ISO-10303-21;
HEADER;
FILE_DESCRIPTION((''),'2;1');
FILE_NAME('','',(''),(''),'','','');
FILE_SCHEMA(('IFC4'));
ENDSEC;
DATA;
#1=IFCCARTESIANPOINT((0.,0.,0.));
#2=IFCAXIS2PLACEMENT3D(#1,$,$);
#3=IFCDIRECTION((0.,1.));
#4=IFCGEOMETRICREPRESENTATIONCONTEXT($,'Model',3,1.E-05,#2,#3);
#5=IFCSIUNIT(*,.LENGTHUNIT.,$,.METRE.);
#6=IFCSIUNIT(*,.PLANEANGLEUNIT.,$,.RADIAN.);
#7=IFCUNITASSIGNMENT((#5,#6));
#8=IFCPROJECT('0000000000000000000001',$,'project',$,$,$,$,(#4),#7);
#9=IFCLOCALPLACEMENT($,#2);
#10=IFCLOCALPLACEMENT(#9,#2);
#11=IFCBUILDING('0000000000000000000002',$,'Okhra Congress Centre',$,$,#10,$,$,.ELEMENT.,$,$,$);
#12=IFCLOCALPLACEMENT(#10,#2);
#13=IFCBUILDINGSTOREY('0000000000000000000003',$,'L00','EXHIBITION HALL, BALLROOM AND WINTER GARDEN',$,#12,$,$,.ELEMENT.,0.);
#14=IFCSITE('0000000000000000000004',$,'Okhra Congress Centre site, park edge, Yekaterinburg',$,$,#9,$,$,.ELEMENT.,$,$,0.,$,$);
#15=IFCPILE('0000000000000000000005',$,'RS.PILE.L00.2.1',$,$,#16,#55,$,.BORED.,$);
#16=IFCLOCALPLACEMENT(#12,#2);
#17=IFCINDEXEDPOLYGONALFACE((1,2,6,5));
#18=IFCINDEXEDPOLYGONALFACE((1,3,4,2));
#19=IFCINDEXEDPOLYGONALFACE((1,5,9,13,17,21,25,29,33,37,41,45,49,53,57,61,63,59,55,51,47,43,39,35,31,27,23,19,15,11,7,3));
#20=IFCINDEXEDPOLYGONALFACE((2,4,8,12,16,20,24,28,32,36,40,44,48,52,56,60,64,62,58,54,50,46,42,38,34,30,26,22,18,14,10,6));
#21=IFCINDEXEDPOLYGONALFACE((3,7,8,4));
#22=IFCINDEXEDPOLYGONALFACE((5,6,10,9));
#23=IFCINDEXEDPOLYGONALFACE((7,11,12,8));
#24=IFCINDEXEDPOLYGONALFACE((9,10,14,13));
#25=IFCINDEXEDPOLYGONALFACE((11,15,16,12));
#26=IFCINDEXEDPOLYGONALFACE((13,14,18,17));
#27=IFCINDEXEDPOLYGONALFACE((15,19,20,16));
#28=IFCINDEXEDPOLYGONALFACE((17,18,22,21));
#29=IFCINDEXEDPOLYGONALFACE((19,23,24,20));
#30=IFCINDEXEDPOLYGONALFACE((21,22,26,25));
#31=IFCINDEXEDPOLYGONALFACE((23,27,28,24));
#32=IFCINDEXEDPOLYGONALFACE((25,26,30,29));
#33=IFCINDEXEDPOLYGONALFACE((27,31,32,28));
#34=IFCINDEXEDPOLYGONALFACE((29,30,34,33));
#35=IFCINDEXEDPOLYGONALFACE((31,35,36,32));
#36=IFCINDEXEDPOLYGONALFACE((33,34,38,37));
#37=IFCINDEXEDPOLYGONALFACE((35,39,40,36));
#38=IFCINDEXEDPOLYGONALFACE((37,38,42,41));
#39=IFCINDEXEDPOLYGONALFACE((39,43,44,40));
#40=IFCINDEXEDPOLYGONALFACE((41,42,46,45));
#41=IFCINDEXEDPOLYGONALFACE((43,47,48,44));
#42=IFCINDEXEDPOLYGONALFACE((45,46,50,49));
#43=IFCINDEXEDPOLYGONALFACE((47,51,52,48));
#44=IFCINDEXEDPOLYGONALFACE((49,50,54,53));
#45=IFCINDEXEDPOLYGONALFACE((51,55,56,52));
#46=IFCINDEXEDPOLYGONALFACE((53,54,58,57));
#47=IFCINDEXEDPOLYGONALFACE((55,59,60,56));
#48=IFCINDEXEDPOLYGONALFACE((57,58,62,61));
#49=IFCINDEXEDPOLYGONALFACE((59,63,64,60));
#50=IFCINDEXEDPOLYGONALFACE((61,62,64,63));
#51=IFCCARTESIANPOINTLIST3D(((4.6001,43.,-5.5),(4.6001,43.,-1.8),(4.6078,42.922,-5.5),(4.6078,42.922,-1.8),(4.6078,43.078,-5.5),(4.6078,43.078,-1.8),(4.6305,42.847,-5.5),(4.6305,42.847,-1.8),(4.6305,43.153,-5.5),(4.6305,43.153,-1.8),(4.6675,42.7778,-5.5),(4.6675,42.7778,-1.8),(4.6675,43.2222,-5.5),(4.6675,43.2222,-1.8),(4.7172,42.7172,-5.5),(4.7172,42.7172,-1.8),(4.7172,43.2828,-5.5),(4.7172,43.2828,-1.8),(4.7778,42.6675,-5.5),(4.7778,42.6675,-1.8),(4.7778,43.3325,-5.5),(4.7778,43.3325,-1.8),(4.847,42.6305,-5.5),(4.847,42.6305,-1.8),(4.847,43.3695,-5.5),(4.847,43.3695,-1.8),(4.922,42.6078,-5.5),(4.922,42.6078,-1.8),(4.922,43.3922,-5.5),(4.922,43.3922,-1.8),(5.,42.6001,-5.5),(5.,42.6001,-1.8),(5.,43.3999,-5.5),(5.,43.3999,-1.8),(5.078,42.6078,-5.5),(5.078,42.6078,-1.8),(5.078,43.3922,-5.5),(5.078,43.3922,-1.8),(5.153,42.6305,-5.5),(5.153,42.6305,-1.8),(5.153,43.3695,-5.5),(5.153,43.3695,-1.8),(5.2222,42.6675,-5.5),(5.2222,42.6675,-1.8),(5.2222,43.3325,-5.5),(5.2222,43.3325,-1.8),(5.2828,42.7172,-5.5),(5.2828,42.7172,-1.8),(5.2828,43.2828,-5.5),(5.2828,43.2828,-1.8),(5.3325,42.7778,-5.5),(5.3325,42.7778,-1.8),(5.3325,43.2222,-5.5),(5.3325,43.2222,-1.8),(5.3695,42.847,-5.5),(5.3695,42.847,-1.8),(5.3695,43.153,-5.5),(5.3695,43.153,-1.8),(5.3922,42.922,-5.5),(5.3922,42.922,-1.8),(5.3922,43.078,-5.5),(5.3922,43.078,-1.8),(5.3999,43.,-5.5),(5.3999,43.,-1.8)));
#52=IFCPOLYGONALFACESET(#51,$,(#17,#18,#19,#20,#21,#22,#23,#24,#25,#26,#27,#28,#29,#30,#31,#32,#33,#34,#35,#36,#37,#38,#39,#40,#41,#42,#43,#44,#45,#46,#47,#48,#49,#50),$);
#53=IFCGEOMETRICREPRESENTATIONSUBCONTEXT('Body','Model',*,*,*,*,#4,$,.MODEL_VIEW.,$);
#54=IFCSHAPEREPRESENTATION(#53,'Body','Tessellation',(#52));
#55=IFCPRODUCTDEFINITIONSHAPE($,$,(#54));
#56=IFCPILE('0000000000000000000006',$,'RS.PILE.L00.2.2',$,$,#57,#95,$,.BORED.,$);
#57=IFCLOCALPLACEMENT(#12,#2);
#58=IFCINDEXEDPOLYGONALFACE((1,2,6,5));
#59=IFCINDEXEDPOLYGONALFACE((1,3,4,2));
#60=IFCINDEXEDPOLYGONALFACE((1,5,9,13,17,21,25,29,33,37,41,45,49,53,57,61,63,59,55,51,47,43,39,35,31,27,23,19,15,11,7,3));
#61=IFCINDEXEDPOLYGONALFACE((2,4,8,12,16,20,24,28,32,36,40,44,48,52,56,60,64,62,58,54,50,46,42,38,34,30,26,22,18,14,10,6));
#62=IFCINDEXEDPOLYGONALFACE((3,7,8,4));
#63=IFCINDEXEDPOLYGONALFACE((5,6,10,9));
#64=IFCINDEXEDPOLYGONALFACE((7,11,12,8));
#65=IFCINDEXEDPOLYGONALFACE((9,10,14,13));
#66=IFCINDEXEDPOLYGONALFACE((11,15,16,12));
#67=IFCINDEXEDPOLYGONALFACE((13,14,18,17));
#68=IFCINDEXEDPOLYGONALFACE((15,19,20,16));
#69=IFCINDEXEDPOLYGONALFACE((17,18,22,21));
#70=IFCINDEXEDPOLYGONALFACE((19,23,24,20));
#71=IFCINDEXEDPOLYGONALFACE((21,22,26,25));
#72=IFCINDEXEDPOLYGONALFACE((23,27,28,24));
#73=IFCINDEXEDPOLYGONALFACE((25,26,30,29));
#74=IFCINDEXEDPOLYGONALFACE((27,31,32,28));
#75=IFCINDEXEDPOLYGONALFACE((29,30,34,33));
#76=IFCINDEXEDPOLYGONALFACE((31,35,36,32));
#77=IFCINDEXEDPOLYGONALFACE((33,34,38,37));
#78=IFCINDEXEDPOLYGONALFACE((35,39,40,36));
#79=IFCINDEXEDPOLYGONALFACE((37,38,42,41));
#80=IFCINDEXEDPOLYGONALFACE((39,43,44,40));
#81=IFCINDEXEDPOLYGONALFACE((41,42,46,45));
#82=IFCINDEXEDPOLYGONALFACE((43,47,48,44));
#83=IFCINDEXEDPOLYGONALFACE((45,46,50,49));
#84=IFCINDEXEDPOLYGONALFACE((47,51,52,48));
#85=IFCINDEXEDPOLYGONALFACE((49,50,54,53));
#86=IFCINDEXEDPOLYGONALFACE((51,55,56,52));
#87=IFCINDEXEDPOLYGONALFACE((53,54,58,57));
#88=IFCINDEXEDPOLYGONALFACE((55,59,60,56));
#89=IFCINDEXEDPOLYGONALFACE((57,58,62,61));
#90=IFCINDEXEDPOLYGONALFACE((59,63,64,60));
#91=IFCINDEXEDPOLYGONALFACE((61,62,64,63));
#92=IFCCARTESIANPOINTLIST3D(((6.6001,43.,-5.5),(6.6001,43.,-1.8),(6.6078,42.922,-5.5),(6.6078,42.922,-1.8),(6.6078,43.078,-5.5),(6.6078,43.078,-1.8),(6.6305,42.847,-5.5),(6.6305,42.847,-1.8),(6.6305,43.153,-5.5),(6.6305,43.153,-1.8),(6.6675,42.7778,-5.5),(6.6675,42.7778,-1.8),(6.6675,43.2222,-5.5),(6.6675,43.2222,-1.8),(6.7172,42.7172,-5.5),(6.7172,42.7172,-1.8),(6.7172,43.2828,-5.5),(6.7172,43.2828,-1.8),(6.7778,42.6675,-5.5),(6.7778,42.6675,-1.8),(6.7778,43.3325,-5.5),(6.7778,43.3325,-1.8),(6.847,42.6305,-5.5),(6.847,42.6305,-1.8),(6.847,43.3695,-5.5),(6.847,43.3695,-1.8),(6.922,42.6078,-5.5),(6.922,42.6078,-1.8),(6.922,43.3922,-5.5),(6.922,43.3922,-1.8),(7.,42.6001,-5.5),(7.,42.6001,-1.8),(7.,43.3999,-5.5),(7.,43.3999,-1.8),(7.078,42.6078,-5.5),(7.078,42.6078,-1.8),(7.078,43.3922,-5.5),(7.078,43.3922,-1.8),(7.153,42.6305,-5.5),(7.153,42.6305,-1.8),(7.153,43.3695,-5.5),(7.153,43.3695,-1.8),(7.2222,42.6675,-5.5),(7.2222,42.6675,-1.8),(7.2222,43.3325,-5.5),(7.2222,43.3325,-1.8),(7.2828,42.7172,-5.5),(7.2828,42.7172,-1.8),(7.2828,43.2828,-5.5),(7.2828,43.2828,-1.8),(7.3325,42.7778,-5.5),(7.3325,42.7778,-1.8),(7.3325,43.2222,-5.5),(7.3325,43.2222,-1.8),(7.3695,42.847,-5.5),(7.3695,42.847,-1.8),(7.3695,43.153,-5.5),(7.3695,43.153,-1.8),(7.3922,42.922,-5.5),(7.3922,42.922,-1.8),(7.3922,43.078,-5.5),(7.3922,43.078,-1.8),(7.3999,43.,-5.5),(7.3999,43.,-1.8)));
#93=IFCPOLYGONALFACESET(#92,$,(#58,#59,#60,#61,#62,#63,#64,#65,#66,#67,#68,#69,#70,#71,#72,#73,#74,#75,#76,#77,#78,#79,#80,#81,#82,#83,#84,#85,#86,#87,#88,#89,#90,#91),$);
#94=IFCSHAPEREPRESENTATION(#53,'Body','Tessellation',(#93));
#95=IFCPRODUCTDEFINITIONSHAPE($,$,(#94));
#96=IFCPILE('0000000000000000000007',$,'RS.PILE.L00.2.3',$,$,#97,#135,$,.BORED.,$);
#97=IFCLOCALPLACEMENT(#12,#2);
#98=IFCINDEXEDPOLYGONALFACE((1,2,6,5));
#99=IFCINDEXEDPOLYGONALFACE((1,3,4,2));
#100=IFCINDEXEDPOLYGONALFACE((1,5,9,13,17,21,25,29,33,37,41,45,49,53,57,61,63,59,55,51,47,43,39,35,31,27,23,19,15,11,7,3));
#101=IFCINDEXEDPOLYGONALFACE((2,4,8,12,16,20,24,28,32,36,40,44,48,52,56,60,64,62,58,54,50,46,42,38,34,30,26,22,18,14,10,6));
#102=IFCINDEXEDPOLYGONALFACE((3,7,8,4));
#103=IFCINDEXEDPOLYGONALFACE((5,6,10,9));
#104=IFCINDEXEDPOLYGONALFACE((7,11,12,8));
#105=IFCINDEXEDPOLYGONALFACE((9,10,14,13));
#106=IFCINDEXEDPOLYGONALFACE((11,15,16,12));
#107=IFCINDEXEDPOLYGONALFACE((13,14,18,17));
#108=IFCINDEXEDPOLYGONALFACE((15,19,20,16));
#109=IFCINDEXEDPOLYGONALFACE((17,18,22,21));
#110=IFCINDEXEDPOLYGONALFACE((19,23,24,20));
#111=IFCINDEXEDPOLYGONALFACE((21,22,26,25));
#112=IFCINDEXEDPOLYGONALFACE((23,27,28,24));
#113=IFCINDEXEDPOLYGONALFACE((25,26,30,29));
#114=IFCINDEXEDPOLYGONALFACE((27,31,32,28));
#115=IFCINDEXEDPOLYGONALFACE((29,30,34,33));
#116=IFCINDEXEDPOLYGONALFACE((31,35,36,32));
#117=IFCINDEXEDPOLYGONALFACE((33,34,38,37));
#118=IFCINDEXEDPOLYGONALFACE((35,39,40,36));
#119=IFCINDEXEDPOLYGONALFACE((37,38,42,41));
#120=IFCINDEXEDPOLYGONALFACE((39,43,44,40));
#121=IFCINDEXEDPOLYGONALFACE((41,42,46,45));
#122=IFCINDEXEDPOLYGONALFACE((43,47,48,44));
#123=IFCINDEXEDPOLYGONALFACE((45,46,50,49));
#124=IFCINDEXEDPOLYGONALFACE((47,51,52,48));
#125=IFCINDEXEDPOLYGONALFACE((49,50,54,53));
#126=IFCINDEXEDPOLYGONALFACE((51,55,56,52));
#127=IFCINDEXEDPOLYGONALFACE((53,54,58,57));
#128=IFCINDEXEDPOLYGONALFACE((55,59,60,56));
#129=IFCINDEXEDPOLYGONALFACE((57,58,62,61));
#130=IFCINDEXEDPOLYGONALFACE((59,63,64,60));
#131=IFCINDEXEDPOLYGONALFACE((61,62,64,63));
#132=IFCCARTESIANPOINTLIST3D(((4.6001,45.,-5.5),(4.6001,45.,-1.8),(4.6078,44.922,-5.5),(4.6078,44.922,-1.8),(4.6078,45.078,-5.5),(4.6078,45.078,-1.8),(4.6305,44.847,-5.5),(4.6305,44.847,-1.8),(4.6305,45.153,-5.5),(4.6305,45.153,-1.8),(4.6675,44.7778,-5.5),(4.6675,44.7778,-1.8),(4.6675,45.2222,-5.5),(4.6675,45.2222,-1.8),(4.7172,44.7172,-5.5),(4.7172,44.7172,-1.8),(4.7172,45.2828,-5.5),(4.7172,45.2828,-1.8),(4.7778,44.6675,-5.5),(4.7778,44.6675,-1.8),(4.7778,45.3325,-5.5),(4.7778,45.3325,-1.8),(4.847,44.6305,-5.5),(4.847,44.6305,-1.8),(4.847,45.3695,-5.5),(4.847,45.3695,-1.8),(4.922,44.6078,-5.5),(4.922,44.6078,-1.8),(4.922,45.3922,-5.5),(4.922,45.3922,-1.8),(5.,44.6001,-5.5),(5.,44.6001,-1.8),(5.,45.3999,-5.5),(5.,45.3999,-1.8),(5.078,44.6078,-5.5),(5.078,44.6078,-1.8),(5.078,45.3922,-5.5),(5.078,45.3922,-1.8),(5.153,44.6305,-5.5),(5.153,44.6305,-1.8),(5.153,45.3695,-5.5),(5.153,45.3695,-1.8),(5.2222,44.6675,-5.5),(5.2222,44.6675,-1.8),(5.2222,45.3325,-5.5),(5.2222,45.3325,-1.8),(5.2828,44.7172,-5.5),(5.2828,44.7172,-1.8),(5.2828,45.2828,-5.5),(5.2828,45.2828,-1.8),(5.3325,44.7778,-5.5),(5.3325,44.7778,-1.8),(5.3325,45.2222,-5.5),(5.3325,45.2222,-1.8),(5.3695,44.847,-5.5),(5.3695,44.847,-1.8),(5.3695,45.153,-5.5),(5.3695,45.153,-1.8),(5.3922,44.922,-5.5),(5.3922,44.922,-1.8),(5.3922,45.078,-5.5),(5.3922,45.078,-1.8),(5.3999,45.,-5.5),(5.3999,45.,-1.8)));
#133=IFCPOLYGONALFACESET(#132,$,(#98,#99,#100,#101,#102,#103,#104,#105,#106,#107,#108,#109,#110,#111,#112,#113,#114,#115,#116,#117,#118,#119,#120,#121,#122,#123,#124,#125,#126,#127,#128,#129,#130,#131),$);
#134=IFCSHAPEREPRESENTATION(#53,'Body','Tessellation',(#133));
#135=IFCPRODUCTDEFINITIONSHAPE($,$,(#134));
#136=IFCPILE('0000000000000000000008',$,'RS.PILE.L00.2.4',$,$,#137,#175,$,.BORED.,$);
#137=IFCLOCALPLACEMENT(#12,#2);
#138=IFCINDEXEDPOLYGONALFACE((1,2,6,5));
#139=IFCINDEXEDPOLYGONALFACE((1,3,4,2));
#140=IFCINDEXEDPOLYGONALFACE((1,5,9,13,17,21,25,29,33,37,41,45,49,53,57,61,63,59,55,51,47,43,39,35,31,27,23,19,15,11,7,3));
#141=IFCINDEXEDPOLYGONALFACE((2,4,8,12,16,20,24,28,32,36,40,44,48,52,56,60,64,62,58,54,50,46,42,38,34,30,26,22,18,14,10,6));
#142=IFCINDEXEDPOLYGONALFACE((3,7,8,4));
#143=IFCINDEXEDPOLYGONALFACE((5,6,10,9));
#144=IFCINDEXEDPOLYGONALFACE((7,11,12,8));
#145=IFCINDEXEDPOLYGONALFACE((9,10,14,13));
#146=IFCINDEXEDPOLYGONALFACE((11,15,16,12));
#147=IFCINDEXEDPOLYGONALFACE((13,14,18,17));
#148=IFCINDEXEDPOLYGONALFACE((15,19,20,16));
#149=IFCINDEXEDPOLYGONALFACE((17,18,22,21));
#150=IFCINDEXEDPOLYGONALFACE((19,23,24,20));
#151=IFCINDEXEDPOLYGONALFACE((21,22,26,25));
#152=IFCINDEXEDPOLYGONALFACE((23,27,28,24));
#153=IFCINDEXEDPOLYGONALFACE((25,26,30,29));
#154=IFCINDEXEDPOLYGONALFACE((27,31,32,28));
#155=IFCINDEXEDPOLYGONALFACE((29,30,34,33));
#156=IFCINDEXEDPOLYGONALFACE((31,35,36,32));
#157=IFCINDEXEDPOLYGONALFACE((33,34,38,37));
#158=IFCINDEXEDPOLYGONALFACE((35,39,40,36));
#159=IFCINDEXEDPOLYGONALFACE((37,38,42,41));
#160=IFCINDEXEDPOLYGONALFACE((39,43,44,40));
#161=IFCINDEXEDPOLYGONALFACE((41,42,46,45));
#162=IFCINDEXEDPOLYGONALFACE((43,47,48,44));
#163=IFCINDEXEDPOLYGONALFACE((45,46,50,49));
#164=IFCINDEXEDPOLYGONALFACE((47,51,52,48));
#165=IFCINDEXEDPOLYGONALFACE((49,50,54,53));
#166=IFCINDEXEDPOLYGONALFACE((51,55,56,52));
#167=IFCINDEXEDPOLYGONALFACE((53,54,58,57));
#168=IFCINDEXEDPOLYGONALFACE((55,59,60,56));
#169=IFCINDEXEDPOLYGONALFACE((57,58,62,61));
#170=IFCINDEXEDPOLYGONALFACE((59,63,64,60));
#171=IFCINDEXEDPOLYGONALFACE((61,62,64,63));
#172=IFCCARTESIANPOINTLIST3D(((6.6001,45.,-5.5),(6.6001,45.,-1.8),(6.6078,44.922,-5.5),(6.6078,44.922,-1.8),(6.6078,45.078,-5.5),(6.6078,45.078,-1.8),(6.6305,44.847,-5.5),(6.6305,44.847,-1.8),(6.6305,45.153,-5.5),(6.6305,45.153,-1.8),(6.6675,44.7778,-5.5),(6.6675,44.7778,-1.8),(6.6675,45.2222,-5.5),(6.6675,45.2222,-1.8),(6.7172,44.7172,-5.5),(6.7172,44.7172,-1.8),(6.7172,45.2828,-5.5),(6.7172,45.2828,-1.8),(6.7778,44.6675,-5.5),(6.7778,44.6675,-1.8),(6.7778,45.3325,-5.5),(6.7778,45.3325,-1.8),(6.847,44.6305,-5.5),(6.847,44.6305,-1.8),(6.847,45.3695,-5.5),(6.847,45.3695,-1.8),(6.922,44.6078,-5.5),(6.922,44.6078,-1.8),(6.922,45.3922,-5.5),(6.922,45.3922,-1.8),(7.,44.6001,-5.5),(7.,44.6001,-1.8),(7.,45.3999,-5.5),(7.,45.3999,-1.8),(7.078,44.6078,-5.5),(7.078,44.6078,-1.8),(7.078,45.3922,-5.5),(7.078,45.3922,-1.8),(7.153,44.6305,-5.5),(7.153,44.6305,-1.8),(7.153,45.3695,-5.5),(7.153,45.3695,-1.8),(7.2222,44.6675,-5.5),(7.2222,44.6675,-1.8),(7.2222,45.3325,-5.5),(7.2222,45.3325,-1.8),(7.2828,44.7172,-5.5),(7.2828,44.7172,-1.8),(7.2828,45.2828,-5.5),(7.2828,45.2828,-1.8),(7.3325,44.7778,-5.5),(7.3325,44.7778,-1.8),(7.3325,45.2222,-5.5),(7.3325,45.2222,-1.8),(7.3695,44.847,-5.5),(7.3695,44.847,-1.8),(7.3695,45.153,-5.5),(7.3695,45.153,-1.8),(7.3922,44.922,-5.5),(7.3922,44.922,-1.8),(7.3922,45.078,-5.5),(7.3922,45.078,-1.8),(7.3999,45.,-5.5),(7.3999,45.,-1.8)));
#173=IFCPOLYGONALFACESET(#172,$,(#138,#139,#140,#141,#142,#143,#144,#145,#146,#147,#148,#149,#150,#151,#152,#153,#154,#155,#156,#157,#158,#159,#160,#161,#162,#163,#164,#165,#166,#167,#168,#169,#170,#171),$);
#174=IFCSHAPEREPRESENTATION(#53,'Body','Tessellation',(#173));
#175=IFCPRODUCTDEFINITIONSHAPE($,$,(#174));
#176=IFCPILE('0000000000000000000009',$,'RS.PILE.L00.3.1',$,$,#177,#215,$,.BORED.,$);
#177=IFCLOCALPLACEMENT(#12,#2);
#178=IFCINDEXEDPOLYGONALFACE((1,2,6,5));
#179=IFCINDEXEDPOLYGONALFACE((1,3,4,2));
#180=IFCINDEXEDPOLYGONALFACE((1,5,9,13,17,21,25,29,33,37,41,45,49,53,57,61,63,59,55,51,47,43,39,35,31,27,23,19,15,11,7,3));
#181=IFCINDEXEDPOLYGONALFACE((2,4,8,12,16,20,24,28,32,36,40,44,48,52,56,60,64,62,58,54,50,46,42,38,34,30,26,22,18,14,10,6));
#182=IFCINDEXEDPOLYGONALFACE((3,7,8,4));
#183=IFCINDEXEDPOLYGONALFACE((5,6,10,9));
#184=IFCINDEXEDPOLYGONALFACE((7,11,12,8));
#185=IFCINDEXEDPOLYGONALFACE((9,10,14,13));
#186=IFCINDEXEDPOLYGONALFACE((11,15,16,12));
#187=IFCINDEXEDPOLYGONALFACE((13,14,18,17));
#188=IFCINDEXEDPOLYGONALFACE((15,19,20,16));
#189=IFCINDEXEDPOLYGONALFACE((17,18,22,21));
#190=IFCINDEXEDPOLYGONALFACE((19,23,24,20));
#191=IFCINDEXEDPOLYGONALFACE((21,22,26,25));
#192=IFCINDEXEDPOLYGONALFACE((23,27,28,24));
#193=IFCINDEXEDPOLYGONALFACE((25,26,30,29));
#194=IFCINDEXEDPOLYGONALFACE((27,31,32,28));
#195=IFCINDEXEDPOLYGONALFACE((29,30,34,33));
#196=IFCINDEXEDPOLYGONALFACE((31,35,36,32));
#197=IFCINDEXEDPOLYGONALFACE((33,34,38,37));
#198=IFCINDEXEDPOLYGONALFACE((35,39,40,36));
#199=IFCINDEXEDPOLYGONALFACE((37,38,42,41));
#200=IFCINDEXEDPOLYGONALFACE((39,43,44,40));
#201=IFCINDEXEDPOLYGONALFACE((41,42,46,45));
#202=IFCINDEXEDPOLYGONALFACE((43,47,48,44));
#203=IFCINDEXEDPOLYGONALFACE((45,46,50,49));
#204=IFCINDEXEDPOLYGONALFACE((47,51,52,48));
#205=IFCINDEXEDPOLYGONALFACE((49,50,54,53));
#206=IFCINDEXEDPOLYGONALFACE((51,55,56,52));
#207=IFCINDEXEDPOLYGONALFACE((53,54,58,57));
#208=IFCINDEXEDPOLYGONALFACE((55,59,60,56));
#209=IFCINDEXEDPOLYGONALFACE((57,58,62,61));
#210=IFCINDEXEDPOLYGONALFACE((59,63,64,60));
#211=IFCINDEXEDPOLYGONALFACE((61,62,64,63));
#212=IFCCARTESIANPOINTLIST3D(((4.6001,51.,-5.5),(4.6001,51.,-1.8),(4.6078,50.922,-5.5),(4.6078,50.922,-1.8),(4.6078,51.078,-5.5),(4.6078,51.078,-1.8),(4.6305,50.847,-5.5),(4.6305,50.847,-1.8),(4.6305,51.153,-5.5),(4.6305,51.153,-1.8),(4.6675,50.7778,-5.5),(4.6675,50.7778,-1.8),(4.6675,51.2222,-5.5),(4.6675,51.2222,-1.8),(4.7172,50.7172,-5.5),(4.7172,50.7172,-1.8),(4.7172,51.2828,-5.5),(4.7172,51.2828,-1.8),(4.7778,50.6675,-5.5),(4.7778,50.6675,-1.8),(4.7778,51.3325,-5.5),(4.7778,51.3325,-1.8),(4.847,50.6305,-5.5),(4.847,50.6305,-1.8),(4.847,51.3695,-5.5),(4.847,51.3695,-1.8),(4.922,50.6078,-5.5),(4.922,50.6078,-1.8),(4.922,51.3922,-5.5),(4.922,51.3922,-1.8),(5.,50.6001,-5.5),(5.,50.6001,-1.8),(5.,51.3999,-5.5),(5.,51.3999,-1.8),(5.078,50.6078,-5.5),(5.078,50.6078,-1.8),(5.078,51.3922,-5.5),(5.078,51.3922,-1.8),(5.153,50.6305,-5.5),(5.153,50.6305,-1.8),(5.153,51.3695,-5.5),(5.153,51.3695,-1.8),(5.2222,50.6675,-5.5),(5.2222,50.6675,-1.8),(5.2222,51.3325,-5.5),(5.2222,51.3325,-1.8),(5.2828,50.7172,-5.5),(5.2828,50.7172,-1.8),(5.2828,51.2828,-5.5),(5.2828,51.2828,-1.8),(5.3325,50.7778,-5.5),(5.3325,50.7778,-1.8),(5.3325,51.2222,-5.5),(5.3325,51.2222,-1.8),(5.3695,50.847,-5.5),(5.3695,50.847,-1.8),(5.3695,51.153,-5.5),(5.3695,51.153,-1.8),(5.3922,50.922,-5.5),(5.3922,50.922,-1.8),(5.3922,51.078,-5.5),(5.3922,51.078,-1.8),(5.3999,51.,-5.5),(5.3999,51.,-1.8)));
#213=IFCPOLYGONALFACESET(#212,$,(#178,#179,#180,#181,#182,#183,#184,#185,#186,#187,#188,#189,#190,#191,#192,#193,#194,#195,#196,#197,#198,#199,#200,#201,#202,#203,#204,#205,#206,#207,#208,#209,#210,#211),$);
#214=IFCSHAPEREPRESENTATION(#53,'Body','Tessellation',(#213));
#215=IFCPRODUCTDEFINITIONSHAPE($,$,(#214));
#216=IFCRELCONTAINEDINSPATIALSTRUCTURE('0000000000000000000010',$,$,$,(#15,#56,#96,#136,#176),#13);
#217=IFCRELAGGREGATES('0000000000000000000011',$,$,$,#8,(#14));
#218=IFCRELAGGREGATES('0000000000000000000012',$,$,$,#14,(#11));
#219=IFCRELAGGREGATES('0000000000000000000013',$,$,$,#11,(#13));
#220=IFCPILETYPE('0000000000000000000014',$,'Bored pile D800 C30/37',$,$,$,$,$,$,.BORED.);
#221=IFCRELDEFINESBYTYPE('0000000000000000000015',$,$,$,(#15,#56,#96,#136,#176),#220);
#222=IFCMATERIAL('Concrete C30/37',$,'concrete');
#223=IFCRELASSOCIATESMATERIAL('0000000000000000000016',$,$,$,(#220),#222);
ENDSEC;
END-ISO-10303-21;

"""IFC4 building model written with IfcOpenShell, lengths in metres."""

from ifc_helpers import new_model, si_unit, direction, frame, origin, origin_2d, place, context, subcontext, project, spatial, circle, extrude, material, material_profile, profile_set, type_object, element, save


model = new_model("IFC4")

# Units and contexts
model_context = context("Model", 3, precision=1e-05, world=origin(), true_north=direction((0.0, 1.0)))
body_context = subcontext(model_context, "Body", "Model", "MODEL_VIEW")
ifc_project = project(units=[si_unit("LENGTHUNIT", "METRE"), si_unit("PLANEANGLEUNIT", "RADIAN")], contexts=[model_context])

# Site, building, storey
site_placement = place(None, origin())
site = spatial("IfcSite", under=ifc_project, at=site_placement, Name="Okhra Congress Centre site, park edge, Yekaterinburg", CompositionType="ELEMENT", RefElevation=0.0)
building_placement = place(site_placement, origin())
building = spatial("IfcBuilding", under=site, at=building_placement, Name="Okhra Congress Centre", CompositionType="ELEMENT")
storey_placement = place(building_placement, origin())
storey = spatial("IfcBuildingStorey", under=building, at=storey_placement, Name="L00", Description="EXHIBITION HALL, BALLROOM AND WINTER GARDEN", CompositionType="ELEMENT", Elevation=0.0)

# Piles
ifc_material_1 = material(Name="Concrete C30/37", Category="concrete")
ifc_material_profile_1 = material_profile(ifc_material_1, circle(Radius=0.3999, at=origin_2d()), Name="D800")
ifc_profile_set_1 = profile_set([ifc_material_profile_1], Name="Concrete C30/37")
pile_type = type_object("IfcPileType", Name="Bored pile D800 C30/37", PredefinedType="BORED", material=ifc_profile_set_1)
for number, where, z_axis, x_axis, name in (
    (1, (5.0, 43.0, -1.8), (0.0, 0.0, -1.0), (1.0, 0.0, 0.0), "RS.PILE.L00.2.1"),
    (2, (7.0, 43.0, -1.8), (0.0, 0.0, -1.0), (1.0, 0.0, 0.0), "RS.PILE.L00.2.2"),
    (3, (5.0, 45.0, -1.8), (0.0, 0.0, -1.0), (1.0, 0.0, 0.0), "RS.PILE.L00.2.3"),
    (4, (7.0, 45.0, -1.8), (0.0, 0.0, -1.0), (1.0, 0.0, 0.0), "RS.PILE.L00.2.4"),
    (5, (5.0, 51.0, -1.8), (0.0, 0.0, -1.0), (1.0, 0.0, 0.0), "RS.PILE.L00.3.1"),
):
    element("IfcPile", number, at=place(storey_placement, frame(where, z_axis=z_axis, x_axis=x_axis)), inside=storey, type_object=pile_type, Name=name, PredefinedType="BORED", context=body_context, shape_type="SweptSolid", body=[
        extrude(circle(Radius=0.3999, at=origin_2d()), origin(), (0.0, 0.0, 1.0), 3.7),
    ])

save(model, "model.ifc")
